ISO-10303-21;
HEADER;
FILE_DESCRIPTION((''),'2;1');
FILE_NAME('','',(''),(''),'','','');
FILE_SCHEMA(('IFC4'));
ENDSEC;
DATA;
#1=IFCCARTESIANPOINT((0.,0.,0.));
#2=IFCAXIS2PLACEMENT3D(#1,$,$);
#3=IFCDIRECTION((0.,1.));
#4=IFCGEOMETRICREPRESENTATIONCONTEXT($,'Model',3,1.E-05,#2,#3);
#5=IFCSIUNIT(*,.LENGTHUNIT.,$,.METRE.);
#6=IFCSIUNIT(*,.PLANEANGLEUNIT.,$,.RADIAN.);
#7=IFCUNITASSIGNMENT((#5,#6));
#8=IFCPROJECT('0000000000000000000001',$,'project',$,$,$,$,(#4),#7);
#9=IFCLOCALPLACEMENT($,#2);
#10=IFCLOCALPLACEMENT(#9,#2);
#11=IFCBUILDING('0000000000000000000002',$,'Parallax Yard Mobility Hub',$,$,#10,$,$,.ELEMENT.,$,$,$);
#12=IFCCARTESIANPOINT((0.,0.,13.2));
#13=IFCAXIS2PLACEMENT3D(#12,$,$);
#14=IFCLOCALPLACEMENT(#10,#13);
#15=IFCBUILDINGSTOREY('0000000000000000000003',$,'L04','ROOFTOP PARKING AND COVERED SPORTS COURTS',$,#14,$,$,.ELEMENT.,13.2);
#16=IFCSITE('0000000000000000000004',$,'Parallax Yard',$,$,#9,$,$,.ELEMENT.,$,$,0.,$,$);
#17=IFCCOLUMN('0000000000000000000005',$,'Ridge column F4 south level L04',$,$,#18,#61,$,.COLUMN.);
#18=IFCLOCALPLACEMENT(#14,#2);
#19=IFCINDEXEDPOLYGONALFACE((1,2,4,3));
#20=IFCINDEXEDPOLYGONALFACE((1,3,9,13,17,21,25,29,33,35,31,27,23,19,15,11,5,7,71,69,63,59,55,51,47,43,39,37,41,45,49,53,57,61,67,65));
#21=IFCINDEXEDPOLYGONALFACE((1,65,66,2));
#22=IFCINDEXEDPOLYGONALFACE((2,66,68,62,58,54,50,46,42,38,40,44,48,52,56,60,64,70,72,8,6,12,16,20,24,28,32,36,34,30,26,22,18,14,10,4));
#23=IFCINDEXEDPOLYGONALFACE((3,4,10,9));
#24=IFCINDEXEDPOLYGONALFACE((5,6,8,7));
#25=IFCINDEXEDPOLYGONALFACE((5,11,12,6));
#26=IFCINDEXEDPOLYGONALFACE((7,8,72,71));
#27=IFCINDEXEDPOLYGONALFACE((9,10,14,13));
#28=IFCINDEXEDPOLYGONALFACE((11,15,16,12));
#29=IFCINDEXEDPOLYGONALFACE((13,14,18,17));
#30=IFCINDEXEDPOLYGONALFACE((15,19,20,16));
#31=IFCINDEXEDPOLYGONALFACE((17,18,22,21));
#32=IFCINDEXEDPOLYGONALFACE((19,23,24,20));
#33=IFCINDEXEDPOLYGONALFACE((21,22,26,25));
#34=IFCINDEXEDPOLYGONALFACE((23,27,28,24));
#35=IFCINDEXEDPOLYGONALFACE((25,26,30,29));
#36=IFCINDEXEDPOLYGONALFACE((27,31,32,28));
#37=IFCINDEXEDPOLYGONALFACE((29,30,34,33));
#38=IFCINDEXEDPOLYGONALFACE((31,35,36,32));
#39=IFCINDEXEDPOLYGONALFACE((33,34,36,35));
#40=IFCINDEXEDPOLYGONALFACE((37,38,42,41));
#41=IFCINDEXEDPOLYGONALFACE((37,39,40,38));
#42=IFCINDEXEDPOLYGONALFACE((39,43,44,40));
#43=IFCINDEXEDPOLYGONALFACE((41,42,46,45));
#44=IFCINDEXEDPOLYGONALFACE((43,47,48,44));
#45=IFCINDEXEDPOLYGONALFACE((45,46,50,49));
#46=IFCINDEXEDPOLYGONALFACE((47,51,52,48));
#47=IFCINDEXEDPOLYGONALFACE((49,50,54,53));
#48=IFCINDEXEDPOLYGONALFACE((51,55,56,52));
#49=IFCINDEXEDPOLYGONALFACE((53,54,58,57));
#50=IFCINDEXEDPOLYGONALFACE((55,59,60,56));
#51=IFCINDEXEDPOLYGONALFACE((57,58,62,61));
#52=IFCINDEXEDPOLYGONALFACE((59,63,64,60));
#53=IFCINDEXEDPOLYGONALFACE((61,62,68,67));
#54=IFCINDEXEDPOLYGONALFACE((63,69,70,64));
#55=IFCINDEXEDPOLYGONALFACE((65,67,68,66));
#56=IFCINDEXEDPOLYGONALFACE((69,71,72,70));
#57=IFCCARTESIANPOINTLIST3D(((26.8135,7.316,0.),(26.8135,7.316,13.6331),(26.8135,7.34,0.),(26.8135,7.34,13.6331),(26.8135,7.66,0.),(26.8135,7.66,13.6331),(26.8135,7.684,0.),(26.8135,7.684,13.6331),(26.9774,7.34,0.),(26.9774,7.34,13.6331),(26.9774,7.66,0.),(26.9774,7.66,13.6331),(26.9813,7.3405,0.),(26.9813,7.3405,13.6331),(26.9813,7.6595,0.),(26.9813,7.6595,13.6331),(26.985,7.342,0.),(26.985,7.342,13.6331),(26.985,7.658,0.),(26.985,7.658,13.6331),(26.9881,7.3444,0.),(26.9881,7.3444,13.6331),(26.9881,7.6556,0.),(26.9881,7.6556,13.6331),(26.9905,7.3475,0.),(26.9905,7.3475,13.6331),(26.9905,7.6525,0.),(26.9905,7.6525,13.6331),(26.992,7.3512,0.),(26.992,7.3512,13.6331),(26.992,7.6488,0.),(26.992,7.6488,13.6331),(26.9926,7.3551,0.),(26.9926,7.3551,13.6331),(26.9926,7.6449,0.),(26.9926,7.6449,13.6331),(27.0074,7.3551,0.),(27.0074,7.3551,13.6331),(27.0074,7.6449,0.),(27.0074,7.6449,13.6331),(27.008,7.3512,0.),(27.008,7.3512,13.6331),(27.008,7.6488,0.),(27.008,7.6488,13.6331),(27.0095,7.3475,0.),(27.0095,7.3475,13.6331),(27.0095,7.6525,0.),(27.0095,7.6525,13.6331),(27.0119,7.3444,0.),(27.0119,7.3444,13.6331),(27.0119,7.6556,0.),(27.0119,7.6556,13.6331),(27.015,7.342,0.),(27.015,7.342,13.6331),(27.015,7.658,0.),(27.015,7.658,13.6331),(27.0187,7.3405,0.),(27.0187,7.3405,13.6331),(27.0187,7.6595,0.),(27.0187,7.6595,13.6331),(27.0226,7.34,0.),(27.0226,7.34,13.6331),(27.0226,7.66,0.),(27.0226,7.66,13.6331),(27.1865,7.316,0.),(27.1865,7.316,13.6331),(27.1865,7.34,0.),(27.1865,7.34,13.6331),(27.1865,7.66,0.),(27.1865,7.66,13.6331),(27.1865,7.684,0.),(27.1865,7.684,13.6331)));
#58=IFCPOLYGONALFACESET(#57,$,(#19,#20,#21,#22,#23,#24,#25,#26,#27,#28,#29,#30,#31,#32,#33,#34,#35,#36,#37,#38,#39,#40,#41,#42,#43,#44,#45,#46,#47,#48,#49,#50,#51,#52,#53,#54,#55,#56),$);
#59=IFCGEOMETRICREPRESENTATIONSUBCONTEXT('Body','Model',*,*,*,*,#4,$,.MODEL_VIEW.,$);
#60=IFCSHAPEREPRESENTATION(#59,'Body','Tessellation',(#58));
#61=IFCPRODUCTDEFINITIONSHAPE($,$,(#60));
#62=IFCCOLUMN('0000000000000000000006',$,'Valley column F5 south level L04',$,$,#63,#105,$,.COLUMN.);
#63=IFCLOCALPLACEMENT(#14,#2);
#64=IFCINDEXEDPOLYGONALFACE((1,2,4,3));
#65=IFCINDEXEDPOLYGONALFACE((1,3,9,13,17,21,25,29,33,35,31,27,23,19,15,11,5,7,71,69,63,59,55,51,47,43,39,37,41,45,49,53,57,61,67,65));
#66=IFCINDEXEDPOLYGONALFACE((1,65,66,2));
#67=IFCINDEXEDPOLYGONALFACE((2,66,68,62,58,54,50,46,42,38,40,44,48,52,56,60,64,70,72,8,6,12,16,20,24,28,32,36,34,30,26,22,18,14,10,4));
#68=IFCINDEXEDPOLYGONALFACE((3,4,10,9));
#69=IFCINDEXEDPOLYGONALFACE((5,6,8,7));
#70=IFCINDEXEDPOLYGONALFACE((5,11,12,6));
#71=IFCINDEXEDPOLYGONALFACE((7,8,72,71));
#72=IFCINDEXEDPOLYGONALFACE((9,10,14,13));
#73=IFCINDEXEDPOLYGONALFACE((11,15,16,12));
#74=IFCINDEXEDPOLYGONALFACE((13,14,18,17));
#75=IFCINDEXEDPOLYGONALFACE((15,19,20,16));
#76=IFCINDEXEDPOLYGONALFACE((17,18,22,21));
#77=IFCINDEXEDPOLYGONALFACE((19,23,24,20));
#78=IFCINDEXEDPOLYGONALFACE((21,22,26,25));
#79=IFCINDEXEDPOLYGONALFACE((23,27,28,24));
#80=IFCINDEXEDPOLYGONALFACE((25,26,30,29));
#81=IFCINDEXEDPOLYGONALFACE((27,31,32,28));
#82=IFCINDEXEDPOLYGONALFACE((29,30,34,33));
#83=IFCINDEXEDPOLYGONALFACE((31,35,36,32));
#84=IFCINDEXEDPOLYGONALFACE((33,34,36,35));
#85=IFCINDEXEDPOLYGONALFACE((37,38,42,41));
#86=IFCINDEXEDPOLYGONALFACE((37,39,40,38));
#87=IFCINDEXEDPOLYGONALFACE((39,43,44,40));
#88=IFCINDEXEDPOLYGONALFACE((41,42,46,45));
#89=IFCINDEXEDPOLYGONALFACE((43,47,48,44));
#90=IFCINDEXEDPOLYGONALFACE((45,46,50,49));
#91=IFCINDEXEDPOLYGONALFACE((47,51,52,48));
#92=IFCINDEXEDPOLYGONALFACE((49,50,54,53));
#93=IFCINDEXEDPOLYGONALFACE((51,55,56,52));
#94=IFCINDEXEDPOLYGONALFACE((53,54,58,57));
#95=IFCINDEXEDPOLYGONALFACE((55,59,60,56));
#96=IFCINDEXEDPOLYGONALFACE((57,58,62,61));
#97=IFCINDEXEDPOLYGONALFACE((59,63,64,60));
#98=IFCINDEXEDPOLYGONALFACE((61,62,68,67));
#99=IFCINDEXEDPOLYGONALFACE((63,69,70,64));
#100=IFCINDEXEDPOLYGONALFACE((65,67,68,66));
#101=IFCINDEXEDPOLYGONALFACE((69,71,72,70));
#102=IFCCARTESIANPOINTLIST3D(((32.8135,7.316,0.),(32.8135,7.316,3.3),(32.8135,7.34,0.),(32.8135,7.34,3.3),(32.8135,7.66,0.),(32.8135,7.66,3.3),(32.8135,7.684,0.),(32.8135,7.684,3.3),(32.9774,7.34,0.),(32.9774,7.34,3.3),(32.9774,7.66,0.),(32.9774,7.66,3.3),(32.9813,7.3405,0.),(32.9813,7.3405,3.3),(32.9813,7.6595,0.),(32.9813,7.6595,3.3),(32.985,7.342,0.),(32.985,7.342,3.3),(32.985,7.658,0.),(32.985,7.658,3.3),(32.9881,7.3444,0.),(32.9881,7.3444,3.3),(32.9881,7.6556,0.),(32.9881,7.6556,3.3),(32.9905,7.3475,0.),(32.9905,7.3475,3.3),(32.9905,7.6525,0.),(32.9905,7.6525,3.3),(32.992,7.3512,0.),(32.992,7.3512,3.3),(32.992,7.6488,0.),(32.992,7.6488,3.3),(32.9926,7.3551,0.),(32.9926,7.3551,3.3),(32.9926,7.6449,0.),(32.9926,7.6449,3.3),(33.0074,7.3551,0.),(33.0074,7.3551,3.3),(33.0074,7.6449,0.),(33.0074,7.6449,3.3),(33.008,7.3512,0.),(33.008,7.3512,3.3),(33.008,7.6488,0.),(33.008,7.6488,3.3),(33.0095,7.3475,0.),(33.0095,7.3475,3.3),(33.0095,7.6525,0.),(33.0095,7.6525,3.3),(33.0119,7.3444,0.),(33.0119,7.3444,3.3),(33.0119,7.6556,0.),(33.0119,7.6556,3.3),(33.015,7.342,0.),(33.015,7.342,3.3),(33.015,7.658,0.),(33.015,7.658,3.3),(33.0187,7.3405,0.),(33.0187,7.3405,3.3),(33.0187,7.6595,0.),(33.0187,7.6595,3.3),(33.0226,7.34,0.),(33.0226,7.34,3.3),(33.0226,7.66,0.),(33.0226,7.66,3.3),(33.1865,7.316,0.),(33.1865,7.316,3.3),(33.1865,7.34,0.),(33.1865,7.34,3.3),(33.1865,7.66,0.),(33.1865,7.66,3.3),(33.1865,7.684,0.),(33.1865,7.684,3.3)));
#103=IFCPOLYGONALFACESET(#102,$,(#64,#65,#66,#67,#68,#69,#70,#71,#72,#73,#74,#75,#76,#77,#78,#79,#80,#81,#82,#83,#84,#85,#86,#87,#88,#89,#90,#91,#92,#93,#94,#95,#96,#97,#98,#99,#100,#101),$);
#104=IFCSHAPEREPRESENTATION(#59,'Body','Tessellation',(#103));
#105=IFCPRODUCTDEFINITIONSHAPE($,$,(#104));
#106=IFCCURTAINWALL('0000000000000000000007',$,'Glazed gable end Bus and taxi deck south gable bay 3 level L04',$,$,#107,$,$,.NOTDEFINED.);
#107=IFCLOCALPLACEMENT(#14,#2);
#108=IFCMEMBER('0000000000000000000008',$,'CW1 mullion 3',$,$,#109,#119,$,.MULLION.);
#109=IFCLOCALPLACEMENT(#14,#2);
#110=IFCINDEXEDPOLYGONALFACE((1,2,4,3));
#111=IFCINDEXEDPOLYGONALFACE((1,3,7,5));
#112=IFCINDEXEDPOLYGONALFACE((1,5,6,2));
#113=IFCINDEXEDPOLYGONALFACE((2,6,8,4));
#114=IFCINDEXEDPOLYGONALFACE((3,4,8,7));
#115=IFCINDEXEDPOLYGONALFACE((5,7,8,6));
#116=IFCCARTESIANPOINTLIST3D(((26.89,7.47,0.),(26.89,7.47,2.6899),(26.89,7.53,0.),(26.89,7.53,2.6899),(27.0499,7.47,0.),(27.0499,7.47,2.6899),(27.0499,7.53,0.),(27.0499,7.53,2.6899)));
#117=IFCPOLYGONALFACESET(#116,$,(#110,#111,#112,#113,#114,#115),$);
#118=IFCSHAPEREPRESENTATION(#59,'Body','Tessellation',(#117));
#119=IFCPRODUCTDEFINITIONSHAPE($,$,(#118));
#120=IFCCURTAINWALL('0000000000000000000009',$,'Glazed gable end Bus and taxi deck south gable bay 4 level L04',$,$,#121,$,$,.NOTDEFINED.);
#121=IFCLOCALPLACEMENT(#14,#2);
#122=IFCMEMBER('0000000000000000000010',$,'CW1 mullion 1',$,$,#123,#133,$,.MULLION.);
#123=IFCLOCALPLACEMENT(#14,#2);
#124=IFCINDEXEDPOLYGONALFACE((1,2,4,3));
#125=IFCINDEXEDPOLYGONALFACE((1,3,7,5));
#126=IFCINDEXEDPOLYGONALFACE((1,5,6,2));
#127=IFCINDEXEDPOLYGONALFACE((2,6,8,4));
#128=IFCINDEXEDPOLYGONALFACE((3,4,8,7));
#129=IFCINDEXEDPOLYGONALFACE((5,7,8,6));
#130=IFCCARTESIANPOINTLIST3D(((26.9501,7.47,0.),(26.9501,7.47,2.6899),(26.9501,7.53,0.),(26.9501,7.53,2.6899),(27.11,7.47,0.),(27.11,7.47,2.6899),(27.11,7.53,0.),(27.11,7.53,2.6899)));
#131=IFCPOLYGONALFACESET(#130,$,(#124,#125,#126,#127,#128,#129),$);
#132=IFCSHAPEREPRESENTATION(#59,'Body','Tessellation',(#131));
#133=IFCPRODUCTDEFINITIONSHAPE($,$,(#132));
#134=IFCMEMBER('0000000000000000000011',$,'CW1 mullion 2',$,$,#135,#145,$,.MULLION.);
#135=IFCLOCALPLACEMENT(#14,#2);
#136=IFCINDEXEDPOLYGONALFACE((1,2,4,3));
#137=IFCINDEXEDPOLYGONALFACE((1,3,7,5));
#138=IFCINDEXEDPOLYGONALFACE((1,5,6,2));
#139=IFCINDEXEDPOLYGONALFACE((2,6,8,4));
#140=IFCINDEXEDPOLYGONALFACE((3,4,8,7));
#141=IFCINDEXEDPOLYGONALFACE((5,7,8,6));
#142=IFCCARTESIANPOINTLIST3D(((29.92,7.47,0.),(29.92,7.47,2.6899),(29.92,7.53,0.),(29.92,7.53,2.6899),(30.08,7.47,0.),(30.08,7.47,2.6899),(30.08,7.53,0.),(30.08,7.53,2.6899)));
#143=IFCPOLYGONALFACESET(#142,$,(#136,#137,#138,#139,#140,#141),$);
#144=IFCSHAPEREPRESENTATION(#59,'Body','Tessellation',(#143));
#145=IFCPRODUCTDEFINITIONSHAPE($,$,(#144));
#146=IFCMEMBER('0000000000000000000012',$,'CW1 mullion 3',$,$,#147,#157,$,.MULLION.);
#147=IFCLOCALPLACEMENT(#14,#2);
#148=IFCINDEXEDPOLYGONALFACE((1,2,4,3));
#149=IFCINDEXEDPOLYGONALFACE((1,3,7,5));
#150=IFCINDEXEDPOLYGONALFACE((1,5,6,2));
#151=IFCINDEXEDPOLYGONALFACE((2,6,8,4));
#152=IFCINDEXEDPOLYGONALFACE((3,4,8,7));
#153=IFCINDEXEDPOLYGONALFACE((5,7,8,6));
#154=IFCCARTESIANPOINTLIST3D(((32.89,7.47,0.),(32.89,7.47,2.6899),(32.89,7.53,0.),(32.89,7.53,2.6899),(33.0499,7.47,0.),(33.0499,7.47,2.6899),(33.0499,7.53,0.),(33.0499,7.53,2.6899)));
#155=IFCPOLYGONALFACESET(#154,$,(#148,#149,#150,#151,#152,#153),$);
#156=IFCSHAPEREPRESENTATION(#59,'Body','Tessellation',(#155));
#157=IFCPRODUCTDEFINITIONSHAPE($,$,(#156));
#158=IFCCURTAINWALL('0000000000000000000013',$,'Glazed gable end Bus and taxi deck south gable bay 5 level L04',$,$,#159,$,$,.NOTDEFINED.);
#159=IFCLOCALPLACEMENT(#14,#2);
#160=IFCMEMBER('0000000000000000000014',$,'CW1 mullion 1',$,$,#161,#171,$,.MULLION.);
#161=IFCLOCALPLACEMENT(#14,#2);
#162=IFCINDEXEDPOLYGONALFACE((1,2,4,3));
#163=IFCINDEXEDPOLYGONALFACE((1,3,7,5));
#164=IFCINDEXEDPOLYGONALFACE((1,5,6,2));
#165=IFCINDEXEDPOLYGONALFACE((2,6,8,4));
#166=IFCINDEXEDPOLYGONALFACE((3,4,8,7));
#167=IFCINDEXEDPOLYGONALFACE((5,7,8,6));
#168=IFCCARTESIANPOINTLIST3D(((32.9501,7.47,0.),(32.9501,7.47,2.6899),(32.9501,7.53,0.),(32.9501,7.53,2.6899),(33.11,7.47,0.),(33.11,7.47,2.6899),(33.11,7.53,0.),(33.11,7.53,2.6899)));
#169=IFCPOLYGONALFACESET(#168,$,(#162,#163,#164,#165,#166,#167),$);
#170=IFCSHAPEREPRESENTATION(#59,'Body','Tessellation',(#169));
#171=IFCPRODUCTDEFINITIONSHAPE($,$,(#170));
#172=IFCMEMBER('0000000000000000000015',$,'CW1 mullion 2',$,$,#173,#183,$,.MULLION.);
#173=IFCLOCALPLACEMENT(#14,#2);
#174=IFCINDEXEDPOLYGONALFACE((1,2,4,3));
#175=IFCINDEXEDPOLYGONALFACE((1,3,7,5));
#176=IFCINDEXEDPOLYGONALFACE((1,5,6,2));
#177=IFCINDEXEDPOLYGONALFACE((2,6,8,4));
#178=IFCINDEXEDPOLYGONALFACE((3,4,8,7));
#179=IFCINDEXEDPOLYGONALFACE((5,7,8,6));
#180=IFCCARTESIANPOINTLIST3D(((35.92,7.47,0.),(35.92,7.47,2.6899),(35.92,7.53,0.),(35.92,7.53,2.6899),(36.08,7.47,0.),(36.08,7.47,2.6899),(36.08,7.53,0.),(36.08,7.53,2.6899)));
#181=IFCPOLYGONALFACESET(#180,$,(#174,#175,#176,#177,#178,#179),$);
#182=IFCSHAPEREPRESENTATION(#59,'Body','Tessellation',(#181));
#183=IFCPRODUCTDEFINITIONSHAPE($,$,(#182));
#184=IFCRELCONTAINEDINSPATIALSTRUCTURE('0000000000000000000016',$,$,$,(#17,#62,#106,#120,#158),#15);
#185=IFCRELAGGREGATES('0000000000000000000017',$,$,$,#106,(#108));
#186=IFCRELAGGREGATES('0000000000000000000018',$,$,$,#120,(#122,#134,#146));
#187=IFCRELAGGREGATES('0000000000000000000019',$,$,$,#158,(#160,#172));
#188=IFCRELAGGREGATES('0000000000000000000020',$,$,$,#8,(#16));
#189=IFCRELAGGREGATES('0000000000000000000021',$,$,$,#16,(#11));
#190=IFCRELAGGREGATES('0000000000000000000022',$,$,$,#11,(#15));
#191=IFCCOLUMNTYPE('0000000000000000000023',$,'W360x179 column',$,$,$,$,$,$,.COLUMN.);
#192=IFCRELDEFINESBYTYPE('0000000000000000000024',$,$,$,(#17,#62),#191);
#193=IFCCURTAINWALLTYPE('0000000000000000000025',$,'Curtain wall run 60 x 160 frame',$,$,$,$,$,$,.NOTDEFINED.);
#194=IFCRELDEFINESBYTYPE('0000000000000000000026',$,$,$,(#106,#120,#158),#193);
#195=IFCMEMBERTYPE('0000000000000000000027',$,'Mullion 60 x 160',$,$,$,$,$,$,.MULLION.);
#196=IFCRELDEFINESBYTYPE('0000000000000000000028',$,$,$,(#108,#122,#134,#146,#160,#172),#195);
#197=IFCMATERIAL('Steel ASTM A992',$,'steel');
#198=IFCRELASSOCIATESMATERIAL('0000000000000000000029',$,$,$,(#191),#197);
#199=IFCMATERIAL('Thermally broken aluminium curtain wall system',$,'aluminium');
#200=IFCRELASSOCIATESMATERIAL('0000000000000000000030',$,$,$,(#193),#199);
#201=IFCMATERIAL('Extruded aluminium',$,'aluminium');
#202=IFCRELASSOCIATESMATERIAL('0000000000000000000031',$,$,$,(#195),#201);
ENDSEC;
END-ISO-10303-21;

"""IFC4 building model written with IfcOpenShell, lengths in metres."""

from ifc_helpers import new_model, si_unit, direction, frame, origin, origin_2d, place, context, subcontext, project, spatial, rectangle, i_section, extrude, material, material_profile, profile_set, type_object, element, aggregate, save


model = new_model("IFC4")

# Units and contexts
model_context = context("Model", 3, precision=1e-05, world=origin(), true_north=direction((0.0, 1.0)))
body_context = subcontext(model_context, "Body", "Model", "MODEL_VIEW")
ifc_project = project(units=[si_unit("LENGTHUNIT", "METRE"), si_unit("PLANEANGLEUNIT", "RADIAN")], contexts=[model_context])

# Site, building, storey
site_placement = place(None, origin())
site = spatial("IfcSite", under=ifc_project, at=site_placement, Name="Parallax Yard", CompositionType="ELEMENT", RefElevation=0.0)
building_placement = place(site_placement, origin())
building = spatial("IfcBuilding", under=site, at=building_placement, Name="Parallax Yard Mobility Hub", CompositionType="ELEMENT")
storey_placement = place(building_placement, frame((0.0, 0.0, 13.2)))
storey = spatial("IfcBuildingStorey", under=building, at=storey_placement, Name="L04", Description="ROOFTOP PARKING AND COVERED SPORTS COURTS", CompositionType="ELEMENT", Elevation=13.2)

# Columns
ifc_material_1 = material(Name="Steel ASTM A992", Category="steel")
ifc_material_profile_1 = material_profile(ifc_material_1, i_section(OverallWidth=0.373, OverallDepth=0.3679, WebThickness=0.0149, FlangeThickness=0.0239, FilletRadius=0.0151, at=origin_2d()), Name="W360x179")
ifc_profile_set_1 = profile_set([ifc_material_profile_1], Name="Steel ASTM A992")
column_type = type_object("IfcColumnType", Name="W360x179 column", PredefinedType="COLUMN", material=ifc_profile_set_1)
column_1_placement = place(storey_placement, frame((27.0, 7.5, 0.0), z_axis=(0.0, 0.0, 1.0), x_axis=(1.0, 0.0, 0.0)))
element("IfcColumn", 1, at=column_1_placement, inside=storey, type_object=column_type, Name="Ridge column F4 south level L04", PredefinedType="COLUMN", context=body_context, shape_type="SweptSolid", body=[
    extrude(i_section(OverallWidth=0.373, OverallDepth=0.3679, WebThickness=0.0149, FlangeThickness=0.0239, FilletRadius=0.0151, at=origin_2d()), origin(), (0.0, 0.0, 1.0), 13.6331),
])
column_2_placement = place(storey_placement, frame((33.0, 7.5, 0.0), z_axis=(0.0, 0.0, 1.0), x_axis=(1.0, 0.0, 0.0)))
element("IfcColumn", 2, at=column_2_placement, inside=storey, type_object=column_type, Name="Valley column F5 south level L04", PredefinedType="COLUMN", context=body_context, shape_type="SweptSolid", body=[
    extrude(i_section(OverallWidth=0.373, OverallDepth=0.3679, WebThickness=0.0149, FlangeThickness=0.0239, FilletRadius=0.0151, at=origin_2d()), origin(), (0.0, 0.0, 1.0), 3.3),
])

# Curtain wall, member
ifc_material_2 = material(Name="Thermally broken aluminium curtain wall system", Category="aluminium")
curtain_wall_type = type_object("IfcCurtainWallType", Name="Curtain wall run 60 x 160 frame", PredefinedType="NOTDEFINED", material=ifc_material_2)
curtain_wall_1_placement = place(storey_placement, origin())
curtain_wall_1 = element("IfcCurtainWall", 3, at=curtain_wall_1_placement, inside=storey, type_object=curtain_wall_type, Name="Glazed gable end Bus and taxi deck south gable bay 3 level L04", PredefinedType="NOTDEFINED")
ifc_material_3 = material(Name="Extruded aluminium", Category="aluminium")
ifc_material_profile_2 = material_profile(ifc_material_3, rectangle(XDim=0.0601, YDim=0.1599, at=origin_2d()), Name="Mullion 60 x 160")
ifc_profile_set_2 = profile_set([ifc_material_profile_2], Name="Extruded aluminium")
member_type_1 = type_object("IfcMemberType", Name="Mullion 60 x 160", PredefinedType="MULLION", material=ifc_profile_set_2)
member_1_placement = place(storey_placement, frame((26.97, 7.5, 0.0), z_axis=(0.0, 0.0, 1.0), x_axis=(0.0, 1.0, 0.0)))
member_1 = element("IfcMember", 4, at=member_1_placement, type_object=member_type_1, Name="CW1 mullion 3", PredefinedType="MULLION", context=body_context, shape_type="SweptSolid", body=[
    extrude(rectangle(XDim=0.0601, YDim=0.1599, at=origin_2d()), origin(), (0.0, 0.0, 1.0), 2.6899),
])

# Curtain walls, members
curtain_wall_2_placement = place(storey_placement, origin())
curtain_wall_2 = element("IfcCurtainWall", 5, at=curtain_wall_2_placement, inside=storey, type_object=curtain_wall_type, Name="Glazed gable end Bus and taxi deck south gable bay 4 level L04", PredefinedType="NOTDEFINED")
member_2_placement = place(storey_placement, frame((27.03, 7.5, 0.0), z_axis=(0.0, 0.0, 1.0), x_axis=(0.0, 1.0, 0.0)))
member_2 = element("IfcMember", 6, at=member_2_placement, type_object=member_type_1, Name="CW1 mullion 1", PredefinedType="MULLION", context=body_context, shape_type="SweptSolid", body=[
    extrude(rectangle(XDim=0.0601, YDim=0.1599, at=origin_2d()), origin(), (0.0, 0.0, 1.0), 2.6899),
])
member_3_placement = place(storey_placement, frame((30.0, 7.5, 0.0), z_axis=(0.0, 0.0, 1.0), x_axis=(0.0, 1.0, 0.0)))
member_3 = element("IfcMember", 7, at=member_3_placement, type_object=member_type_1, Name="CW1 mullion 2", PredefinedType="MULLION", context=body_context, shape_type="SweptSolid", body=[
    extrude(rectangle(XDim=0.0601, YDim=0.1599, at=origin_2d()), origin(), (0.0, 0.0, 1.0), 2.6899),
])
member_4_placement = place(storey_placement, frame((32.97, 7.5, 0.0), z_axis=(0.0, 0.0, 1.0), x_axis=(0.0, 1.0, 0.0)))
member_4 = element("IfcMember", 8, at=member_4_placement, type_object=member_type_1, Name="CW1 mullion 3", PredefinedType="MULLION", context=body_context, shape_type="SweptSolid", body=[
    extrude(rectangle(XDim=0.0601, YDim=0.1599, at=origin_2d()), origin(), (0.0, 0.0, 1.0), 2.6899),
])
curtain_wall_3_placement = place(storey_placement, origin())
curtain_wall_3 = element("IfcCurtainWall", 9, at=curtain_wall_3_placement, inside=storey, type_object=curtain_wall_type, Name="Glazed gable end Bus and taxi deck south gable bay 5 level L04", PredefinedType="NOTDEFINED")
member_5_placement = place(storey_placement, frame((33.03, 7.5, 0.0), z_axis=(0.0, 0.0, 1.0), x_axis=(0.0, 1.0, 0.0)))
member_5 = element("IfcMember", 10, at=member_5_placement, type_object=member_type_1, Name="CW1 mullion 1", PredefinedType="MULLION", context=body_context, shape_type="SweptSolid", body=[
    extrude(rectangle(XDim=0.0601, YDim=0.1599, at=origin_2d()), origin(), (0.0, 0.0, 1.0), 2.6899),
])
member_6_placement = place(storey_placement, frame((36.0, 7.5, 0.0), z_axis=(0.0, 0.0, 1.0), x_axis=(0.0, 1.0, 0.0)))
member_6 = element("IfcMember", 11, at=member_6_placement, type_object=member_type_1, Name="CW1 mullion 2", PredefinedType="MULLION", context=body_context, shape_type="SweptSolid", body=[
    extrude(rectangle(XDim=0.0601, YDim=0.1599, at=origin_2d()), origin(), (0.0, 0.0, 1.0), 2.6899),
])

aggregate(curtain_wall_1, [member_1])
aggregate(curtain_wall_2, [member_2, member_3, member_4])
aggregate(curtain_wall_3, [member_5, member_6])

save(model, "model.ifc")
